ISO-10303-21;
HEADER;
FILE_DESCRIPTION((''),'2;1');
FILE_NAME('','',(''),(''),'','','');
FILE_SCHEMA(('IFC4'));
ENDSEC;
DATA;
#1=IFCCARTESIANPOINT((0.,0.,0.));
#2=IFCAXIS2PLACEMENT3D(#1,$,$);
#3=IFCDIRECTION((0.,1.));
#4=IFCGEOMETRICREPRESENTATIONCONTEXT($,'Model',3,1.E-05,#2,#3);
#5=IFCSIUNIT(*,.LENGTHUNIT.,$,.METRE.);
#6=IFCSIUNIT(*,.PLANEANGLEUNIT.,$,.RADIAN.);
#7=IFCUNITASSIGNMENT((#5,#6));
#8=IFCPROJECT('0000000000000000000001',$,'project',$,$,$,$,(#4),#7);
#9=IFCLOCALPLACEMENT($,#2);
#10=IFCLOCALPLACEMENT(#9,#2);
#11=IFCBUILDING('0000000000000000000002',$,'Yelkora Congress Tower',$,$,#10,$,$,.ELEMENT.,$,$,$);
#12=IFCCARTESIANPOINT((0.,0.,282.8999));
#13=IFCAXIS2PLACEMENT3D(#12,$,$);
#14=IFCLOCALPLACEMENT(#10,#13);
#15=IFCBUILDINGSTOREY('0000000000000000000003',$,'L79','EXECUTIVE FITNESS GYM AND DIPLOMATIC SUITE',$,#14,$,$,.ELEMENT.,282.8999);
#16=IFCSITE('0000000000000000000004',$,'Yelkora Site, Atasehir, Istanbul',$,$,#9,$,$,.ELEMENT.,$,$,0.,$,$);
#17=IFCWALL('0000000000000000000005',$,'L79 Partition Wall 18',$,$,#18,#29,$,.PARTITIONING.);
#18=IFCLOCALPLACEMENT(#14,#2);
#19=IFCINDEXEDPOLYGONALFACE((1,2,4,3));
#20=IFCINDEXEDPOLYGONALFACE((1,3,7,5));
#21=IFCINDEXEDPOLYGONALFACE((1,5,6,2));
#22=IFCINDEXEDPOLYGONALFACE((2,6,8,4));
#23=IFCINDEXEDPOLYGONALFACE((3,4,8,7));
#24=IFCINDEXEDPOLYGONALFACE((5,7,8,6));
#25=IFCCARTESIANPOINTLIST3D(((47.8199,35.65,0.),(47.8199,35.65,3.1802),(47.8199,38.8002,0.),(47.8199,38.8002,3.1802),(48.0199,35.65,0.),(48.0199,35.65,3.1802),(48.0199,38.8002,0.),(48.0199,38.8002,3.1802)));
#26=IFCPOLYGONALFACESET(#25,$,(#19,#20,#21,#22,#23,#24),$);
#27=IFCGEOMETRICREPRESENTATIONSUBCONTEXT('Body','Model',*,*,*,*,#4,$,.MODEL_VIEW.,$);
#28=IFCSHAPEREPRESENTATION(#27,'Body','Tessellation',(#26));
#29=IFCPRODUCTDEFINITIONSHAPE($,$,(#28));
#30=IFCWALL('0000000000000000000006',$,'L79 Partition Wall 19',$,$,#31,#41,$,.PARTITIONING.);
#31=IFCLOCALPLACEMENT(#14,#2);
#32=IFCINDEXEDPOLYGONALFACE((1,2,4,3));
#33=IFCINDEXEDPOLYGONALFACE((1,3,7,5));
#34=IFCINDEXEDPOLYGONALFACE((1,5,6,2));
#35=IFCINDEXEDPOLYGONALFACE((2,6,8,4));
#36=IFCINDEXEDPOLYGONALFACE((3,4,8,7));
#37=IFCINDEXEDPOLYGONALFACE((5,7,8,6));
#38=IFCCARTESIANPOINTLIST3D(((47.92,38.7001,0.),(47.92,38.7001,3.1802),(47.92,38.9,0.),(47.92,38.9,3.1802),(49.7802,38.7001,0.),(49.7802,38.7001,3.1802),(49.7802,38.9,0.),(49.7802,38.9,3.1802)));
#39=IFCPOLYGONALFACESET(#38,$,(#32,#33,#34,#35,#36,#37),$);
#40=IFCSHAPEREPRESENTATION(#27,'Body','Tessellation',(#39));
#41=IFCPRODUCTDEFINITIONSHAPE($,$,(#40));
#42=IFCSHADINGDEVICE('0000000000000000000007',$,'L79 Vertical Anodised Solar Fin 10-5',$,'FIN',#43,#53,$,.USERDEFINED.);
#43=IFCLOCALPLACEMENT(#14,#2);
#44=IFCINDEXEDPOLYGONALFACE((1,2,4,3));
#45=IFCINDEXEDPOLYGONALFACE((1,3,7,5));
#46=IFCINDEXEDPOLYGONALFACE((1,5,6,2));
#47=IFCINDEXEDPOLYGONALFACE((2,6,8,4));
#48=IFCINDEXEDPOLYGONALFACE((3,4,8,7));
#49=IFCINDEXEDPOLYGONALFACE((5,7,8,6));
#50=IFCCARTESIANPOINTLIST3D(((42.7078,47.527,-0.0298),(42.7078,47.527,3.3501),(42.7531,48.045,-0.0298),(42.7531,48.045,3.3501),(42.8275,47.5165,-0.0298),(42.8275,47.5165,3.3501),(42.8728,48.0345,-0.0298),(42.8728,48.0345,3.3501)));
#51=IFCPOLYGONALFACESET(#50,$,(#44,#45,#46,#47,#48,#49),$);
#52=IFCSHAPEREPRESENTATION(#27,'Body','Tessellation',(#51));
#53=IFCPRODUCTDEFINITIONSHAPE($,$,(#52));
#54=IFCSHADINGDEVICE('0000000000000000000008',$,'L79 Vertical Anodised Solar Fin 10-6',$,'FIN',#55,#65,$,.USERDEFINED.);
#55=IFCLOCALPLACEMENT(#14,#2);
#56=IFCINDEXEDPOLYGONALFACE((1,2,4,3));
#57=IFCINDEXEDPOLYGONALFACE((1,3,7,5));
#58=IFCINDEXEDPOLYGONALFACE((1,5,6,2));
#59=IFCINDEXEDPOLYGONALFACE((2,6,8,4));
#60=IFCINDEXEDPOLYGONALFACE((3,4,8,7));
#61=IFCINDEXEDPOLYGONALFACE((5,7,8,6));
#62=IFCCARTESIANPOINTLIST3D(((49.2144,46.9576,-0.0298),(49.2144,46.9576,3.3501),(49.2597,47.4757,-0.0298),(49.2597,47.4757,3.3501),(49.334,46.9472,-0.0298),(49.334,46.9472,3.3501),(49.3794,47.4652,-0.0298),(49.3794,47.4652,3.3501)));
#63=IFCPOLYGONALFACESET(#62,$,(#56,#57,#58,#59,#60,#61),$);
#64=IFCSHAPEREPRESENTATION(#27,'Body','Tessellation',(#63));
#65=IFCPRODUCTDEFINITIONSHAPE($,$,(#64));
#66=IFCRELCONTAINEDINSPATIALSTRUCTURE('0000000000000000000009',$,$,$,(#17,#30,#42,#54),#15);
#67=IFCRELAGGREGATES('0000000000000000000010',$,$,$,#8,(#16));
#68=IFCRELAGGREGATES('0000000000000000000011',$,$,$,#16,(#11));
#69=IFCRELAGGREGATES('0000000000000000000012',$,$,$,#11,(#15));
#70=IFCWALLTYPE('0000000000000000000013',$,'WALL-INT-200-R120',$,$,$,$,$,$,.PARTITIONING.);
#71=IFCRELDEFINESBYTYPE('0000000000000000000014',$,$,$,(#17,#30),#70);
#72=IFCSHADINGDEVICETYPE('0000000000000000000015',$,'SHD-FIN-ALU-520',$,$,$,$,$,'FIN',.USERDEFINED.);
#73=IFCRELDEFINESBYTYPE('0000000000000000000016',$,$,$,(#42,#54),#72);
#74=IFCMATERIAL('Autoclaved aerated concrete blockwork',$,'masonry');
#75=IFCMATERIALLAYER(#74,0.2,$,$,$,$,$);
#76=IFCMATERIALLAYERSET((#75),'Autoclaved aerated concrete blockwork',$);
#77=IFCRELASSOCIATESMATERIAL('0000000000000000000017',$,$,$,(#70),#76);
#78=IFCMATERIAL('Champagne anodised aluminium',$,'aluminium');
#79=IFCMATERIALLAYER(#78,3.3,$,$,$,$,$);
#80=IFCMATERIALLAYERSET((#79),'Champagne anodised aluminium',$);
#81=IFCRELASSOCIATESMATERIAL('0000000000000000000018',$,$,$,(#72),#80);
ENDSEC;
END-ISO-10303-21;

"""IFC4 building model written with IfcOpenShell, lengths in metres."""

from ifc_helpers import new_model, si_unit, direction, frame, frame_2d, origin, origin_2d, place, context, subcontext, project, spatial, rectangle, extrude, material, layer, layer_set, type_object, element, save


model = new_model("IFC4")

# Units and contexts
model_context = context("Model", 3, precision=1e-05, world=origin(), true_north=direction((0.0, 1.0)))
body_context = subcontext(model_context, "Body", "Model", "MODEL_VIEW")
ifc_project = project(units=[si_unit("LENGTHUNIT", "METRE"), si_unit("PLANEANGLEUNIT", "RADIAN")], contexts=[model_context])

# Site, building, storey
site_placement = place(None, origin())
site = spatial("IfcSite", under=ifc_project, at=site_placement, Name="Yelkora Site, Atasehir, Istanbul", CompositionType="ELEMENT", RefElevation=0.0)
building_placement = place(site_placement, origin())
building = spatial("IfcBuilding", under=site, at=building_placement, Name="Yelkora Congress Tower", CompositionType="ELEMENT")
storey_placement = place(building_placement, frame((0.0, 0.0, 282.8999)))
storey = spatial("IfcBuildingStorey", under=building, at=storey_placement, Name="L79", Description="EXECUTIVE FITNESS GYM AND DIPLOMATIC SUITE", CompositionType="ELEMENT", Elevation=282.8999)

# Shared definitions
ifc_material_1 = material(Name="Autoclaved aerated concrete blockwork", Category="masonry")
ifc_layer_1 = layer(ifc_material_1, 0.2)
ifc_layer_set_1 = layer_set([ifc_layer_1], Name="Autoclaved aerated concrete blockwork")
wall_type_1 = type_object("IfcWallType", Name="WALL-INT-200-R120", PredefinedType="PARTITIONING", material=ifc_layer_set_1)

# Walls
wall_1_placement = place(storey_placement, frame((47.9199, 35.6499, 0.0), z_axis=(0.0, 0.0, 1.0), x_axis=(0.0, 1.0, 0.0)))
element("IfcWall", 1, at=wall_1_placement, inside=storey, type_object=wall_type_1, Name="L79 Partition Wall 18", PredefinedType="PARTITIONING", context=body_context, shape_type="SweptSolid", body=[
    extrude(rectangle(XDim=3.1501, YDim=0.2, at=frame_2d((1.5752, 0.0))), origin(), (0.0, 0.0, 1.0), 3.1802),
])
wall_2_placement = place(storey_placement, frame((47.9199, 38.8, 0.0), z_axis=(0.0, 0.0, 1.0), x_axis=(1.0, 0.0, 0.0)))
element("IfcWall", 2, at=wall_2_placement, inside=storey, type_object=wall_type_1, Name="L79 Partition Wall 19", PredefinedType="PARTITIONING", context=body_context, shape_type="SweptSolid", body=[
    extrude(rectangle(XDim=1.8601, YDim=0.2, at=frame_2d((0.9302, 0.0))), origin(), (0.0, 0.0, 1.0), 3.1802),
])

# Shading devices
ifc_material_2 = material(Name="Champagne anodised aluminium", Category="aluminium")
ifc_layer_2 = layer(ifc_material_2, 3.3)
ifc_layer_set_2 = layer_set([ifc_layer_2], Name="Champagne anodised aluminium")
shading_device_type = type_object("IfcShadingDeviceType", Name="SHD-FIN-ALU-520", ElementType="FIN", PredefinedType="USERDEFINED", material=ifc_layer_set_2)
for number, where, z_axis, x_axis, name in (
    (3, (42.7903, 47.7808, -0.0298), (0.0, 0.0, 1.0), (0.996195, -0.087156, 0.0), "L79 Vertical Anodised Solar Fin 10-5"),
    (4, (49.2969, 47.2114, -0.0298), (0.0, 0.0, 1.0), (0.996195, -0.087156, 0.0), "L79 Vertical Anodised Solar Fin 10-6"),
):
    element("IfcShadingDevice", number, at=place(storey_placement, frame(where, z_axis=z_axis, x_axis=x_axis)), inside=storey, type_object=shading_device_type, Name=name, ObjectType="FIN", PredefinedType="USERDEFINED", context=body_context, shape_type="SweptSolid", body=[
        extrude(rectangle(XDim=0.1201, YDim=0.52, at=origin_2d()), origin(), (0.0, 0.0, 1.0), 3.3799),
    ])

save(model, "model.ifc")
